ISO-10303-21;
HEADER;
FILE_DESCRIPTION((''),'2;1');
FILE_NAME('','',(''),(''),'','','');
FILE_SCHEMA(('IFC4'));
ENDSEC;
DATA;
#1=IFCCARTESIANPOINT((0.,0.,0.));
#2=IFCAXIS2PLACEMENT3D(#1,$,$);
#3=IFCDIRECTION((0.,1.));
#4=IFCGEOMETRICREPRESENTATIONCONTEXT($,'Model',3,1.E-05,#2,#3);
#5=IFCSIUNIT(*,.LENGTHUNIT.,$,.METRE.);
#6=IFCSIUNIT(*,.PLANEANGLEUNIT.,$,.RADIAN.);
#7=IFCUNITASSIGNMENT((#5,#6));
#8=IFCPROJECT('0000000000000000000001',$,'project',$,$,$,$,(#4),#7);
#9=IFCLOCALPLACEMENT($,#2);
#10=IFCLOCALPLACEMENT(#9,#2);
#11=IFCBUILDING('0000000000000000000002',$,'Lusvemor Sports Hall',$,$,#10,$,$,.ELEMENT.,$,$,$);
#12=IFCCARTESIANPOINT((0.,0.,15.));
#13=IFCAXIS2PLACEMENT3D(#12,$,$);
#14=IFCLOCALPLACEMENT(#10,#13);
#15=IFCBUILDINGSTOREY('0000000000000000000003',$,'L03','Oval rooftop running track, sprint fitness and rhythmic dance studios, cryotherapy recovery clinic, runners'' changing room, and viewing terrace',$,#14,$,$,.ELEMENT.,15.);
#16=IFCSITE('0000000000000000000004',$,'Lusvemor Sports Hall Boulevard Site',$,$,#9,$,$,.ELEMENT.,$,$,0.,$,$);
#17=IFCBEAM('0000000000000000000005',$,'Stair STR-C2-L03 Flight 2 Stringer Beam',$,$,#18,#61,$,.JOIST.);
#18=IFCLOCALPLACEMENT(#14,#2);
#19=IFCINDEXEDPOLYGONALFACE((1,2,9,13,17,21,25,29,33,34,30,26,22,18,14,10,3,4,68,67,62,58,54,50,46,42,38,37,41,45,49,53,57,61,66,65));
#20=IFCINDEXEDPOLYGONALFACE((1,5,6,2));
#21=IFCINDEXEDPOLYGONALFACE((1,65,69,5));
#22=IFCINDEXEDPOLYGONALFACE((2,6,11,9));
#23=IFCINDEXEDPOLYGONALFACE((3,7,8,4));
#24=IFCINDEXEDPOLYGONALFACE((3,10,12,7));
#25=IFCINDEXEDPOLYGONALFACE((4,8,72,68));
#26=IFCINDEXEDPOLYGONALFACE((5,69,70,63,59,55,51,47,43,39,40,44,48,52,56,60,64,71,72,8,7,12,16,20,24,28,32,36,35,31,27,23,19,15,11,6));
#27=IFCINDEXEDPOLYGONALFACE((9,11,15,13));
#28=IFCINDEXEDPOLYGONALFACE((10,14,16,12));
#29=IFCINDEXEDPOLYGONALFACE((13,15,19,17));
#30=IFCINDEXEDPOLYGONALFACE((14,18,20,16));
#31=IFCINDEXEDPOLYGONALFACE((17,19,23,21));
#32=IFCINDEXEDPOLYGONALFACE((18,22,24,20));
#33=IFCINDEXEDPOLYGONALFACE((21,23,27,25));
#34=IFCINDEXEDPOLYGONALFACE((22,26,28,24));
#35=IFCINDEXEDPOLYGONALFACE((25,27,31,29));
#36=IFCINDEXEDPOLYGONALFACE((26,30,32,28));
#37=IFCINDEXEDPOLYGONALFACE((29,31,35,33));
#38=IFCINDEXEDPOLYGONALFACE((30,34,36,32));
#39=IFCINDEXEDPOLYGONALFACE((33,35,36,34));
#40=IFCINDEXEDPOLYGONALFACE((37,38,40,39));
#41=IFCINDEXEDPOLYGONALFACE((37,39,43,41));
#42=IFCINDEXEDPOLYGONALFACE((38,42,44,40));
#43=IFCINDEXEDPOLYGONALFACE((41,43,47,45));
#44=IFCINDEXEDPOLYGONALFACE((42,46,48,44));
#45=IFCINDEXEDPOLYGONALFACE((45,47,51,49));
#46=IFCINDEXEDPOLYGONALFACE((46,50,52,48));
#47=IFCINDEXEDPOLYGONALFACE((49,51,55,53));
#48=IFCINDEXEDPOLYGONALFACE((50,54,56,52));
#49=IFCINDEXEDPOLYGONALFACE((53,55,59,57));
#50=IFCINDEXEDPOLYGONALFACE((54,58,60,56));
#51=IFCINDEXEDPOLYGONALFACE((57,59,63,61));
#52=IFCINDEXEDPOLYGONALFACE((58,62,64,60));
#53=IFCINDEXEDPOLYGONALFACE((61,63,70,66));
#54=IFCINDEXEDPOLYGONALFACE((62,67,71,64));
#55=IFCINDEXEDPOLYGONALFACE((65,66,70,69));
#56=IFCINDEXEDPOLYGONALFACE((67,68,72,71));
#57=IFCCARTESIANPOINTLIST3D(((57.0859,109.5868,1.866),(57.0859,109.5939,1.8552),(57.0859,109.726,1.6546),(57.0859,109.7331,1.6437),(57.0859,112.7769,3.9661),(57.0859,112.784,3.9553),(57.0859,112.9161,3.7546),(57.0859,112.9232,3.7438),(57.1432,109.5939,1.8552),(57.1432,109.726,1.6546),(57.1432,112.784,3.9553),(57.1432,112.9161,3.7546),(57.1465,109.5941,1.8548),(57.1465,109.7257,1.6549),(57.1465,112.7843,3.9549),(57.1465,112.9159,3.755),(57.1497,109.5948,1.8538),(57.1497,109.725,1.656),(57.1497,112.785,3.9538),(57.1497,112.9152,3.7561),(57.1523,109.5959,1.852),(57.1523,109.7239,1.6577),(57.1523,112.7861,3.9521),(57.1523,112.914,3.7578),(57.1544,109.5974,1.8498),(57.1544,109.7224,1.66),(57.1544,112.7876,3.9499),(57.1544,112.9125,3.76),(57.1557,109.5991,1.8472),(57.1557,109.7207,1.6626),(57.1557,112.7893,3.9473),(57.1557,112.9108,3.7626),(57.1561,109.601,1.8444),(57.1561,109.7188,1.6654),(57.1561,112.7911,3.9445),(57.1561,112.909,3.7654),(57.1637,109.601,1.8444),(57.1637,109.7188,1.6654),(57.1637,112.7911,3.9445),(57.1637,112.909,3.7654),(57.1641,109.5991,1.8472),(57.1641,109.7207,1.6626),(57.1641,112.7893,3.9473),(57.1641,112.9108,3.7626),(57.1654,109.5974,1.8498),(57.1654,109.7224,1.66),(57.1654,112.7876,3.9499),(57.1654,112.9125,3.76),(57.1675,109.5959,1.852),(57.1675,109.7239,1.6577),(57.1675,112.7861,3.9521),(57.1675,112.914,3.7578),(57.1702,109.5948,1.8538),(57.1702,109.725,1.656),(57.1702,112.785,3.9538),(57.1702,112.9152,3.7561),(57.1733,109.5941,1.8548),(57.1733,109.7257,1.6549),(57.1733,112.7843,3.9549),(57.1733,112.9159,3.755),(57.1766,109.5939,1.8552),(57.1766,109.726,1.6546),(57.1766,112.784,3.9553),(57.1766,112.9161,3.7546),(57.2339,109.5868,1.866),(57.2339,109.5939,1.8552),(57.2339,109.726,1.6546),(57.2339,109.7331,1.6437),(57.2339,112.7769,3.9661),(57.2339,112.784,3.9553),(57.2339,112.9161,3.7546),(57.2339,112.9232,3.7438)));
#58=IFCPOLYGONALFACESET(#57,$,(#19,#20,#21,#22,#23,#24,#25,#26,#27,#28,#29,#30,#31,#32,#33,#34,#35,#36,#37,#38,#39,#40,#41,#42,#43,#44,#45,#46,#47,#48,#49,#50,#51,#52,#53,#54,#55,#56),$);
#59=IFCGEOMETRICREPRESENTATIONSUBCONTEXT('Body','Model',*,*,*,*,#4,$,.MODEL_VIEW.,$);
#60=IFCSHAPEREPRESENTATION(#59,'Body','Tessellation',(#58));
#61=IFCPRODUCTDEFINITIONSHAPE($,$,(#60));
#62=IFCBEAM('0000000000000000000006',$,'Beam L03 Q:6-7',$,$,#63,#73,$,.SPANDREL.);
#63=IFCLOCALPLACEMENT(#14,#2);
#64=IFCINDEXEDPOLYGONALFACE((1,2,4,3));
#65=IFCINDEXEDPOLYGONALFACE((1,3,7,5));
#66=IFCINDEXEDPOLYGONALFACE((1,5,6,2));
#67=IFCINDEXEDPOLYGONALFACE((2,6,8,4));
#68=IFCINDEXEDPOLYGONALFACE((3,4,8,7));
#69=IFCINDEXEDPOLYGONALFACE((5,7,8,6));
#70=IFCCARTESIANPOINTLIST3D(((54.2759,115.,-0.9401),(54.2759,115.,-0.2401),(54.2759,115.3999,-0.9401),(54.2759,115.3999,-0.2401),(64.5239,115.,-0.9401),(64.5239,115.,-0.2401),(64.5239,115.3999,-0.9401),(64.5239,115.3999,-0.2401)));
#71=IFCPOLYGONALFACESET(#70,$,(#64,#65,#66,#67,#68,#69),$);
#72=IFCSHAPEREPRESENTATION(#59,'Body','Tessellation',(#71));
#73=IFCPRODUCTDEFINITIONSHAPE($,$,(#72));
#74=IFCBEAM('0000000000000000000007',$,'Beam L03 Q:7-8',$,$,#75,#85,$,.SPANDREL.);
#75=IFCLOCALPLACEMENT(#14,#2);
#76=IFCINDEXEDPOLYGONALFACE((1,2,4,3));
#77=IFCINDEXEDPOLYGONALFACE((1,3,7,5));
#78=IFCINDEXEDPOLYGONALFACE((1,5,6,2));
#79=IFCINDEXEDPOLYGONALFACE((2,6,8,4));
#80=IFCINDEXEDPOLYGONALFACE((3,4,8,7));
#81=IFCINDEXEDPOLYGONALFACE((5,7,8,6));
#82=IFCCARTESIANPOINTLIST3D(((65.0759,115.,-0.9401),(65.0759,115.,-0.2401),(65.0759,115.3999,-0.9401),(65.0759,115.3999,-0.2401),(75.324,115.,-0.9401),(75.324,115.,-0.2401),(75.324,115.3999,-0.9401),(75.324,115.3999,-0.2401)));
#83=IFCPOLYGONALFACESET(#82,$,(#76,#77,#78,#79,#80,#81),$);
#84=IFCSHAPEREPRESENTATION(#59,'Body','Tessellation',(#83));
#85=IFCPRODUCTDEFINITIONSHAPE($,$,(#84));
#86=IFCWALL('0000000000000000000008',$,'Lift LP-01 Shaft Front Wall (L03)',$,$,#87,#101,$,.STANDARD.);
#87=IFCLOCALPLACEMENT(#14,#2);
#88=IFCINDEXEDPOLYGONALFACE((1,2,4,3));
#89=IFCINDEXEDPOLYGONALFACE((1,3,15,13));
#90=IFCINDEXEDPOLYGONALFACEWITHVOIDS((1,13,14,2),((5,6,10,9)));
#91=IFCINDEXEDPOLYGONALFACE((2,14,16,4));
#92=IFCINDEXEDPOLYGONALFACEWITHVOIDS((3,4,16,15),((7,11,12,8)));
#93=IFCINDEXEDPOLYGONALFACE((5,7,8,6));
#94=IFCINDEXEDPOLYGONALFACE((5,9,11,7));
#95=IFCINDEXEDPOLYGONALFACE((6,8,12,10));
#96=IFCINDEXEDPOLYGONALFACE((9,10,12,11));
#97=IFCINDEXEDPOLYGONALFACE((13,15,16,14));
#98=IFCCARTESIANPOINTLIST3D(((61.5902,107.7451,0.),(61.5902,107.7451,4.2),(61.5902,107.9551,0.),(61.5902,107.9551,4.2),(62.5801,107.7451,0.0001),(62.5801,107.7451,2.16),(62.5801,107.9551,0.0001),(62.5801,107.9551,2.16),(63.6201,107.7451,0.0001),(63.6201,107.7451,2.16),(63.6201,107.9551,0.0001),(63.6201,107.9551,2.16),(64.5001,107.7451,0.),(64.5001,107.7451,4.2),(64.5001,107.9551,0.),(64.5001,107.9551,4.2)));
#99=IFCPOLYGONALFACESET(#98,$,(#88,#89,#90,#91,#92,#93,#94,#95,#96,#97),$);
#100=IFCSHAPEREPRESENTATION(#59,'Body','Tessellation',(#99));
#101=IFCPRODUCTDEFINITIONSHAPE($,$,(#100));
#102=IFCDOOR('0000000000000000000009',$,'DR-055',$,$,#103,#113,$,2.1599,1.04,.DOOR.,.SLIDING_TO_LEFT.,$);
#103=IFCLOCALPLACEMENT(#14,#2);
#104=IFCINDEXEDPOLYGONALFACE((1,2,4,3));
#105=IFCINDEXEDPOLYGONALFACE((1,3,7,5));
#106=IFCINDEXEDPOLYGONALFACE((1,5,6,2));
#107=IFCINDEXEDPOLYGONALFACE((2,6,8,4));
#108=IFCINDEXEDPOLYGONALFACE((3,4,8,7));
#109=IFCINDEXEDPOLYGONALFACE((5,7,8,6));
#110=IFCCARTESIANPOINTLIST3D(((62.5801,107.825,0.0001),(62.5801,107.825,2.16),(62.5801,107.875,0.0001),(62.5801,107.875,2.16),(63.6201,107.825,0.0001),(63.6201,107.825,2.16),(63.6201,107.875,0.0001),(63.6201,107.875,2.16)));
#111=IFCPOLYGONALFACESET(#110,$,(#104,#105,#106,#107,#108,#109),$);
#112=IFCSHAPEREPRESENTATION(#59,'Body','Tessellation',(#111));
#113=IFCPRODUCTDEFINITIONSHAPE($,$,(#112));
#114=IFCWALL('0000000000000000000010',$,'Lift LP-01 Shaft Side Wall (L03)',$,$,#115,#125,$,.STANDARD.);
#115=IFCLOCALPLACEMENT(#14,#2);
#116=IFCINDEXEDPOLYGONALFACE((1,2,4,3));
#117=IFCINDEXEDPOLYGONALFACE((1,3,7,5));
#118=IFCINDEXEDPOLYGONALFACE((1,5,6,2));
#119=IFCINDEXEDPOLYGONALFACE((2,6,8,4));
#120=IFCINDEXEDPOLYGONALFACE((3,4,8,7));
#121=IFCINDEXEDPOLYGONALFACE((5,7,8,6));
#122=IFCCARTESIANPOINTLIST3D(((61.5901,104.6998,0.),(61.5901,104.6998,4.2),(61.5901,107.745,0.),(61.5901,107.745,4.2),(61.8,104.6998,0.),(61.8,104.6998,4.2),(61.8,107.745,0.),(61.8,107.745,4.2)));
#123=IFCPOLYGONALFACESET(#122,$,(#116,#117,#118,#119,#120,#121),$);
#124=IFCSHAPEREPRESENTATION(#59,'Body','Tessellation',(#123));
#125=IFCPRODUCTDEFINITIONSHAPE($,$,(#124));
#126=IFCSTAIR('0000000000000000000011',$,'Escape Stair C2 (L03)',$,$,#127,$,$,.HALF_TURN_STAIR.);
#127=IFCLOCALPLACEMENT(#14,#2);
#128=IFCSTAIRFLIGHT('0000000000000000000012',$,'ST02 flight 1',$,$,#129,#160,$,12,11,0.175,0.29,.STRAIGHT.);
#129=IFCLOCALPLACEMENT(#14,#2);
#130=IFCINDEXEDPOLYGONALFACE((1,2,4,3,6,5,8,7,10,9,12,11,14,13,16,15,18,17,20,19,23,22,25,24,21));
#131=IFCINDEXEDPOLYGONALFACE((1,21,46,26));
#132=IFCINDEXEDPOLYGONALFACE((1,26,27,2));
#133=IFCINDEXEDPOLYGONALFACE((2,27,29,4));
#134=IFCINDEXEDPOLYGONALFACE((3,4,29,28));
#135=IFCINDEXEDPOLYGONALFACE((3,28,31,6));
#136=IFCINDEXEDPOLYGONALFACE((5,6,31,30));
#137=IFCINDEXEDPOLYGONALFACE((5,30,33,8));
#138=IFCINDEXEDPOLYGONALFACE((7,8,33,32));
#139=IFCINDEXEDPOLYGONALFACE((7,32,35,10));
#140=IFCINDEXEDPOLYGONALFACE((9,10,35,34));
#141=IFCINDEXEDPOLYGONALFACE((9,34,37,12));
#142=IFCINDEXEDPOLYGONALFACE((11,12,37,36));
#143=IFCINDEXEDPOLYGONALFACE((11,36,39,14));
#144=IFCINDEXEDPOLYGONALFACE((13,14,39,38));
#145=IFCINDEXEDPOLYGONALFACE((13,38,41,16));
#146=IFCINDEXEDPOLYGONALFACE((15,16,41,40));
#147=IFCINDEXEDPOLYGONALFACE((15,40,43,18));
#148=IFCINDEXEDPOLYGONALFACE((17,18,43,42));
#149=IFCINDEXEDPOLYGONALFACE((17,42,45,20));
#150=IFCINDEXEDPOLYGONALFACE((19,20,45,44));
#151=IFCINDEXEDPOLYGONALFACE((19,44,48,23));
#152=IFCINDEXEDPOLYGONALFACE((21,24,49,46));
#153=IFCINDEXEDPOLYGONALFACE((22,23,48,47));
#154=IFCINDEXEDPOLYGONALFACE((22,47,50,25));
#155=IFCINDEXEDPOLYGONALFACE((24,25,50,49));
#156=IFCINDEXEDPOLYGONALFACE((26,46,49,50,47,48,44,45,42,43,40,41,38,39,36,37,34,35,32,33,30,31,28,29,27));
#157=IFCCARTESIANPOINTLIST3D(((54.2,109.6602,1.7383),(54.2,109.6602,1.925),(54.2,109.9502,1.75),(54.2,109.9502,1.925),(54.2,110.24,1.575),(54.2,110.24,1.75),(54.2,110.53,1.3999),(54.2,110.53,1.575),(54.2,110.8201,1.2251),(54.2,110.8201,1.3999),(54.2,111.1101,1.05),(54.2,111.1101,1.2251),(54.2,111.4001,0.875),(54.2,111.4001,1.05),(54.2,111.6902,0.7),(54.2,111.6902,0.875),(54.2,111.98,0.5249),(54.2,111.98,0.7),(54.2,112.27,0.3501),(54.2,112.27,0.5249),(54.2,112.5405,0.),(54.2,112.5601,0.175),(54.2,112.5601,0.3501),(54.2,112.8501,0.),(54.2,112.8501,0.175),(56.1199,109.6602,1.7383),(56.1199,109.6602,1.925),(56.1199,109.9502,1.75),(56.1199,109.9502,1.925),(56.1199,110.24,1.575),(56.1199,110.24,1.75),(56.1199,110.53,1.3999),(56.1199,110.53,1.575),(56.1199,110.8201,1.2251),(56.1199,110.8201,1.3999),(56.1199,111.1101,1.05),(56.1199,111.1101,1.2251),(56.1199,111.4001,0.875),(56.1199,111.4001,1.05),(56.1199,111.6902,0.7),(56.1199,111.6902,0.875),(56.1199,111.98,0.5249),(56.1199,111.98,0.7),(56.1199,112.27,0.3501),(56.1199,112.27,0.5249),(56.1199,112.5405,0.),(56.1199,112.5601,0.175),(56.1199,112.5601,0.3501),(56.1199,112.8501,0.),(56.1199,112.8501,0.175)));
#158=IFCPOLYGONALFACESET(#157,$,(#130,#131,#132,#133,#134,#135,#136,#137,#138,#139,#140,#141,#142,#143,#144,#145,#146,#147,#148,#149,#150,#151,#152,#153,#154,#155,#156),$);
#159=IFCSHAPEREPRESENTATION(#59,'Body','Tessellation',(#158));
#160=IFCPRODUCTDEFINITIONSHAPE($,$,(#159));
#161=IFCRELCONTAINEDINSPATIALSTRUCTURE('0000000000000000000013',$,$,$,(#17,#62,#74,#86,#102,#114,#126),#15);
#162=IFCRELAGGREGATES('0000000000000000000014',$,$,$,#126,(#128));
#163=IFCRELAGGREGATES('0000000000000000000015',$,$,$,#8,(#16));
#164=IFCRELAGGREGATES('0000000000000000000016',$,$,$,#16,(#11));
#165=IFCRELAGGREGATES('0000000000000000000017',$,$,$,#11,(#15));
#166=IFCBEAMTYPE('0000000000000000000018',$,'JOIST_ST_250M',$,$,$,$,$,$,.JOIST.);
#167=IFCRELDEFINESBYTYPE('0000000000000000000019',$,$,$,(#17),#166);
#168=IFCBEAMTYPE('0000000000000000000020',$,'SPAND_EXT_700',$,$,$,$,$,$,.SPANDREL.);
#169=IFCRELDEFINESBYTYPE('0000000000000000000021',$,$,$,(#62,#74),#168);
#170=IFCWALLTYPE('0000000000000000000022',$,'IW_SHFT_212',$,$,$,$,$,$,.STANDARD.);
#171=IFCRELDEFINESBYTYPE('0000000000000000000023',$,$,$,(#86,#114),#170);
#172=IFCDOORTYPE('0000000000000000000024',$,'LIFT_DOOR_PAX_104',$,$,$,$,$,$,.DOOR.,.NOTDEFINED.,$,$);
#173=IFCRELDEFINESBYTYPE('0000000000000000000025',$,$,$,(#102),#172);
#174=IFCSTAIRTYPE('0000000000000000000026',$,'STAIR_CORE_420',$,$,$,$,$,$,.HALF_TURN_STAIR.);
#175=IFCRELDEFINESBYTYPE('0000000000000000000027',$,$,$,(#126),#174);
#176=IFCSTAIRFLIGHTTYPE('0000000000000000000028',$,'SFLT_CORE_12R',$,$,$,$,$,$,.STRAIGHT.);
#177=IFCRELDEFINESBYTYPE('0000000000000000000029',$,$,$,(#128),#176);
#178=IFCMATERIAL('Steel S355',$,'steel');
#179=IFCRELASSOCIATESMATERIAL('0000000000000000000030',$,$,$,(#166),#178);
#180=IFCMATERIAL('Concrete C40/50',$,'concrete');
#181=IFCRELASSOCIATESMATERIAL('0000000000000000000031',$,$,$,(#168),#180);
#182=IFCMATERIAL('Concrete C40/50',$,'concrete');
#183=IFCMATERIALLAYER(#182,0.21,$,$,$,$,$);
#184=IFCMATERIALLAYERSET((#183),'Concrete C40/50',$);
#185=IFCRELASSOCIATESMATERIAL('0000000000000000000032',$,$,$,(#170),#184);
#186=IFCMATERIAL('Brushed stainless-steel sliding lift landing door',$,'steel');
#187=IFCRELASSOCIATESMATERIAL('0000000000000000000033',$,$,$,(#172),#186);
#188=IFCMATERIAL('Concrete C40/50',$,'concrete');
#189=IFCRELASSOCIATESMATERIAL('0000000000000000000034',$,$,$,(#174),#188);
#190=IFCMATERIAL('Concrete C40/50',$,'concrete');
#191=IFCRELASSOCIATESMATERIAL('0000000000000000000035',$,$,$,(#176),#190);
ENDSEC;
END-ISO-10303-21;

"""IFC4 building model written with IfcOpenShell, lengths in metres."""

from ifc_helpers import new_model, si_unit, direction, frame, frame_2d, origin, origin_2d, place, context, subcontext, project, spatial, polyline, rectangle, i_section, outline, extrude, material, layer, layer_set, material_profile, profile_set, type_object, element, fill, aggregate, save


model = new_model("IFC4")

# Units and contexts
model_context = context("Model", 3, precision=1e-05, world=origin(), true_north=direction((0.0, 1.0)))
body_context = subcontext(model_context, "Body", "Model", "MODEL_VIEW")
ifc_project = project(units=[si_unit("LENGTHUNIT", "METRE"), si_unit("PLANEANGLEUNIT", "RADIAN")], contexts=[model_context])

# Site, building, storey
site_placement = place(None, origin())
site = spatial("IfcSite", under=ifc_project, at=site_placement, Name="Lusvemor Sports Hall Boulevard Site", CompositionType="ELEMENT", RefElevation=0.0)
building_placement = place(site_placement, origin())
building = spatial("IfcBuilding", under=site, at=building_placement, Name="Lusvemor Sports Hall", CompositionType="ELEMENT")
storey_placement = place(building_placement, frame((0.0, 0.0, 15.0)))
storey = spatial("IfcBuildingStorey", under=building, at=storey_placement, Name="L03", Description="Oval rooftop running track, sprint fitness and rhythmic dance studios, cryotherapy recovery clinic, runners' changing room, and viewing terrace", CompositionType="ELEMENT", Elevation=15.0)

# Beams
ifc_material_1 = material(Name="Steel S355", Category="steel")
ifc_material_profile_1 = material_profile(ifc_material_1, i_section(OverallWidth=0.1479, OverallDepth=0.2661, WebThickness=0.0076, FlangeThickness=0.0129, FilletRadius=0.0129, at=origin_2d()), Name="W250x44.8")
ifc_profile_set_1 = profile_set([ifc_material_profile_1], Name="Steel S355")
beam_type_1 = type_object("IfcBeamType", Name="JOIST_ST_250M", PredefinedType="JOIST", material=ifc_profile_set_1)
beam_1_placement = place(storey_placement, frame((57.1599, 109.6599, 1.7549), z_axis=(0.0, 0.835262, 0.549852), x_axis=(-1.0, 0.0, 0.0)))
element("IfcBeam", 1, at=beam_1_placement, inside=storey, type_object=beam_type_1, Name="Stair STR-C2-L03 Flight 2 Stringer Beam", PredefinedType="JOIST", context=body_context, shape_type="SweptSolid", body=[
    extrude(i_section(OverallWidth=0.1479, OverallDepth=0.2661, WebThickness=0.0076, FlangeThickness=0.0129, FilletRadius=0.0129, at=origin_2d()), origin(), (0.0, 0.0, 1.0), 3.8193),
])
ifc_material_2 = material(Name="Concrete C40/50", Category="concrete")
ifc_material_profile_2 = material_profile(ifc_material_2, rectangle(XDim=0.3999, YDim=0.7, at=origin_2d()), Name="RC400x700")
ifc_profile_set_2 = profile_set([ifc_material_profile_2], Name="Concrete C40/50")
beam_type_2 = type_object("IfcBeamType", Name="SPAND_EXT_700", PredefinedType="SPANDREL", material=ifc_profile_set_2)
for number, where, z_axis, x_axis, name in (
    (2, (54.2759, 115.2, -0.5901), (1.0, 0.0, 0.0), (0.0, 1.0, 0.0), "Beam L03 Q:6-7"),
    (3, (65.0759, 115.2, -0.5901), (1.0, 0.0, 0.0), (0.0, 1.0, 0.0), "Beam L03 Q:7-8"),
):
    element("IfcBeam", number, at=place(storey_placement, frame(where, z_axis=z_axis, x_axis=x_axis)), inside=storey, type_object=beam_type_2, Name=name, PredefinedType="SPANDREL", context=body_context, shape_type="SweptSolid", body=[
        extrude(rectangle(XDim=0.3999, YDim=0.7, at=origin_2d()), origin(), (0.0, 0.0, 1.0), 10.248),
    ])

# Wall, opening, door
ifc_material_3 = material(Name="Concrete C40/50", Category="concrete")
ifc_layer_1 = layer(ifc_material_3, 0.21)
ifc_layer_set_1 = layer_set([ifc_layer_1], Name="Concrete C40/50")
wall_type_1 = type_object("IfcWallType", Name="IW_SHFT_212", PredefinedType="STANDARD", material=ifc_layer_set_1)
wall_1_placement = place(storey_placement, frame((61.5901, 107.8501, 0.0), z_axis=(0.0, 0.0, 1.0), x_axis=(1.0, 0.0, 0.0)))
wall_1 = element("IfcWall", 4, at=wall_1_placement, inside=storey, type_object=wall_type_1, Name="Lift LP-01 Shaft Front Wall (L03)", PredefinedType="STANDARD", context=body_context, shape_type="SweptSolid", body=[
    extrude(rectangle(XDim=2.9099, YDim=0.21, at=frame_2d((1.4551, 0.0))), origin(), (0.0, 0.0, 1.0), 4.2),
])
opening_1_placement = place(wall_1_placement, frame((0.99, 0.0, 0.0)))
opening_1 = element("IfcOpeningElement", 5, at=opening_1_placement, cuts=wall_1, PredefinedType="OPENING", context=body_context, shape_type="SweptSolid", body=[
    extrude(rectangle(XDim=1.04, YDim=2.1599, at=frame_2d((0.52, 1.0801))), frame((0.0, 0.105, 0.0), z_axis=(0.0, -1.0, 0.0), x_axis=(1.0, 0.0, 0.0)), (0.0, 0.0, 1.0), 0.21),
])
ifc_material_4 = material(Name="Brushed stainless-steel sliding lift landing door", Category="steel")
door_type_1 = type_object("IfcDoorType", Name="LIFT_DOOR_PAX_104", OperationType="NOTDEFINED", PredefinedType="DOOR", material=ifc_material_4)
door_1_placement = place(opening_1_placement, origin())
door_1 = element("IfcDoor", 6, at=door_1_placement, inside=storey, type_object=door_type_1, Name="DR-055", OperationType="SLIDING_TO_LEFT", OverallHeight=2.1599, OverallWidth=1.04, PredefinedType="DOOR", context=body_context, shape_type="SweptSolid", body=[
    extrude(rectangle(XDim=1.04, YDim=2.1599, at=frame_2d((0.52, 1.0801))), frame((0.0, 0.0249, 0.0), z_axis=(0.0, -1.0, 0.0), x_axis=(1.0, 0.0, 0.0)), (0.0, 0.0, 1.0), 0.05),
])
fill(opening_1, door_1)

# Wall
wall_2_placement = place(storey_placement, frame((61.6951, 104.7, 0.0), z_axis=(0.0, 0.0, 1.0), x_axis=(0.0, 1.0, 0.0)))
element("IfcWall", 7, at=wall_2_placement, inside=storey, type_object=wall_type_1, Name="Lift LP-01 Shaft Side Wall (L03)", PredefinedType="STANDARD", context=body_context, shape_type="SweptSolid", body=[
    extrude(rectangle(XDim=3.0452, YDim=0.21, at=frame_2d((1.5225, 0.0))), origin(), (0.0, 0.0, 1.0), 4.2),
])

# Stair, stair flight
ifc_material_5 = material(Name="Concrete C40/50", Category="concrete")
stair_type = type_object("IfcStairType", Name="STAIR_CORE_420", PredefinedType="HALF_TURN_STAIR", material=ifc_material_5)
stair_placement = place(storey_placement, origin())
stair = element("IfcStair", 8, at=stair_placement, inside=storey, type_object=stair_type, Name="Escape Stair C2 (L03)", PredefinedType="HALF_TURN_STAIR")
ifc_material_6 = material(Name="Concrete C40/50", Category="concrete")
stair_flight_type = type_object("IfcStairFlightType", Name="SFLT_CORE_12R", PredefinedType="STRAIGHT", material=ifc_material_6)
stair_flight_1_placement = place(storey_placement, frame((55.1599, 112.8501, 0.0), z_axis=(0.0, 0.0, 1.0), x_axis=(0.0, -1.0, 0.0)))
stair_flight_1 = element("IfcStairFlight", 9, at=stair_flight_1_placement, type_object=stair_flight_type, Name="ST02 flight 1", NumberOfRisers=12, NumberOfTreads=11, PredefinedType="STRAIGHT", RiserHeight=0.175, TreadLength=0.29, context=body_context, shape_type="SweptSolid", body=[
    extrude(outline(polyline([(0.0, 0.0), (0.0, 0.175), (0.29, 0.175), (0.29, 0.3501), (0.5801, 0.3501), (0.5801, 0.5249), (0.8701, 0.5249), (0.8701, 0.7), (1.1599, 0.7), (1.1599, 0.875), (1.45, 0.875), (1.45, 1.05), (1.74, 1.05), (1.74, 1.2251), (2.03, 1.2251), (2.03, 1.3999), (2.3201, 1.3999), (2.3201, 1.575), (2.6101, 1.575), (2.6101, 1.75), (2.8999, 1.75), (2.8999, 1.925), (3.1899, 1.925), (3.1899, 2.1001), (3.1899, 1.7383), (0.3096, 0.0), (0.0, 0.0)])), frame((0.0, 0.96, 0.0), z_axis=(0.0, -1.0, 0.0), x_axis=(1.0, 0.0, 0.0)), (0.0, 0.0, 1.0), 1.9199),
])
aggregate(stair, [stair_flight_1])

save(model, "model.ifc")
